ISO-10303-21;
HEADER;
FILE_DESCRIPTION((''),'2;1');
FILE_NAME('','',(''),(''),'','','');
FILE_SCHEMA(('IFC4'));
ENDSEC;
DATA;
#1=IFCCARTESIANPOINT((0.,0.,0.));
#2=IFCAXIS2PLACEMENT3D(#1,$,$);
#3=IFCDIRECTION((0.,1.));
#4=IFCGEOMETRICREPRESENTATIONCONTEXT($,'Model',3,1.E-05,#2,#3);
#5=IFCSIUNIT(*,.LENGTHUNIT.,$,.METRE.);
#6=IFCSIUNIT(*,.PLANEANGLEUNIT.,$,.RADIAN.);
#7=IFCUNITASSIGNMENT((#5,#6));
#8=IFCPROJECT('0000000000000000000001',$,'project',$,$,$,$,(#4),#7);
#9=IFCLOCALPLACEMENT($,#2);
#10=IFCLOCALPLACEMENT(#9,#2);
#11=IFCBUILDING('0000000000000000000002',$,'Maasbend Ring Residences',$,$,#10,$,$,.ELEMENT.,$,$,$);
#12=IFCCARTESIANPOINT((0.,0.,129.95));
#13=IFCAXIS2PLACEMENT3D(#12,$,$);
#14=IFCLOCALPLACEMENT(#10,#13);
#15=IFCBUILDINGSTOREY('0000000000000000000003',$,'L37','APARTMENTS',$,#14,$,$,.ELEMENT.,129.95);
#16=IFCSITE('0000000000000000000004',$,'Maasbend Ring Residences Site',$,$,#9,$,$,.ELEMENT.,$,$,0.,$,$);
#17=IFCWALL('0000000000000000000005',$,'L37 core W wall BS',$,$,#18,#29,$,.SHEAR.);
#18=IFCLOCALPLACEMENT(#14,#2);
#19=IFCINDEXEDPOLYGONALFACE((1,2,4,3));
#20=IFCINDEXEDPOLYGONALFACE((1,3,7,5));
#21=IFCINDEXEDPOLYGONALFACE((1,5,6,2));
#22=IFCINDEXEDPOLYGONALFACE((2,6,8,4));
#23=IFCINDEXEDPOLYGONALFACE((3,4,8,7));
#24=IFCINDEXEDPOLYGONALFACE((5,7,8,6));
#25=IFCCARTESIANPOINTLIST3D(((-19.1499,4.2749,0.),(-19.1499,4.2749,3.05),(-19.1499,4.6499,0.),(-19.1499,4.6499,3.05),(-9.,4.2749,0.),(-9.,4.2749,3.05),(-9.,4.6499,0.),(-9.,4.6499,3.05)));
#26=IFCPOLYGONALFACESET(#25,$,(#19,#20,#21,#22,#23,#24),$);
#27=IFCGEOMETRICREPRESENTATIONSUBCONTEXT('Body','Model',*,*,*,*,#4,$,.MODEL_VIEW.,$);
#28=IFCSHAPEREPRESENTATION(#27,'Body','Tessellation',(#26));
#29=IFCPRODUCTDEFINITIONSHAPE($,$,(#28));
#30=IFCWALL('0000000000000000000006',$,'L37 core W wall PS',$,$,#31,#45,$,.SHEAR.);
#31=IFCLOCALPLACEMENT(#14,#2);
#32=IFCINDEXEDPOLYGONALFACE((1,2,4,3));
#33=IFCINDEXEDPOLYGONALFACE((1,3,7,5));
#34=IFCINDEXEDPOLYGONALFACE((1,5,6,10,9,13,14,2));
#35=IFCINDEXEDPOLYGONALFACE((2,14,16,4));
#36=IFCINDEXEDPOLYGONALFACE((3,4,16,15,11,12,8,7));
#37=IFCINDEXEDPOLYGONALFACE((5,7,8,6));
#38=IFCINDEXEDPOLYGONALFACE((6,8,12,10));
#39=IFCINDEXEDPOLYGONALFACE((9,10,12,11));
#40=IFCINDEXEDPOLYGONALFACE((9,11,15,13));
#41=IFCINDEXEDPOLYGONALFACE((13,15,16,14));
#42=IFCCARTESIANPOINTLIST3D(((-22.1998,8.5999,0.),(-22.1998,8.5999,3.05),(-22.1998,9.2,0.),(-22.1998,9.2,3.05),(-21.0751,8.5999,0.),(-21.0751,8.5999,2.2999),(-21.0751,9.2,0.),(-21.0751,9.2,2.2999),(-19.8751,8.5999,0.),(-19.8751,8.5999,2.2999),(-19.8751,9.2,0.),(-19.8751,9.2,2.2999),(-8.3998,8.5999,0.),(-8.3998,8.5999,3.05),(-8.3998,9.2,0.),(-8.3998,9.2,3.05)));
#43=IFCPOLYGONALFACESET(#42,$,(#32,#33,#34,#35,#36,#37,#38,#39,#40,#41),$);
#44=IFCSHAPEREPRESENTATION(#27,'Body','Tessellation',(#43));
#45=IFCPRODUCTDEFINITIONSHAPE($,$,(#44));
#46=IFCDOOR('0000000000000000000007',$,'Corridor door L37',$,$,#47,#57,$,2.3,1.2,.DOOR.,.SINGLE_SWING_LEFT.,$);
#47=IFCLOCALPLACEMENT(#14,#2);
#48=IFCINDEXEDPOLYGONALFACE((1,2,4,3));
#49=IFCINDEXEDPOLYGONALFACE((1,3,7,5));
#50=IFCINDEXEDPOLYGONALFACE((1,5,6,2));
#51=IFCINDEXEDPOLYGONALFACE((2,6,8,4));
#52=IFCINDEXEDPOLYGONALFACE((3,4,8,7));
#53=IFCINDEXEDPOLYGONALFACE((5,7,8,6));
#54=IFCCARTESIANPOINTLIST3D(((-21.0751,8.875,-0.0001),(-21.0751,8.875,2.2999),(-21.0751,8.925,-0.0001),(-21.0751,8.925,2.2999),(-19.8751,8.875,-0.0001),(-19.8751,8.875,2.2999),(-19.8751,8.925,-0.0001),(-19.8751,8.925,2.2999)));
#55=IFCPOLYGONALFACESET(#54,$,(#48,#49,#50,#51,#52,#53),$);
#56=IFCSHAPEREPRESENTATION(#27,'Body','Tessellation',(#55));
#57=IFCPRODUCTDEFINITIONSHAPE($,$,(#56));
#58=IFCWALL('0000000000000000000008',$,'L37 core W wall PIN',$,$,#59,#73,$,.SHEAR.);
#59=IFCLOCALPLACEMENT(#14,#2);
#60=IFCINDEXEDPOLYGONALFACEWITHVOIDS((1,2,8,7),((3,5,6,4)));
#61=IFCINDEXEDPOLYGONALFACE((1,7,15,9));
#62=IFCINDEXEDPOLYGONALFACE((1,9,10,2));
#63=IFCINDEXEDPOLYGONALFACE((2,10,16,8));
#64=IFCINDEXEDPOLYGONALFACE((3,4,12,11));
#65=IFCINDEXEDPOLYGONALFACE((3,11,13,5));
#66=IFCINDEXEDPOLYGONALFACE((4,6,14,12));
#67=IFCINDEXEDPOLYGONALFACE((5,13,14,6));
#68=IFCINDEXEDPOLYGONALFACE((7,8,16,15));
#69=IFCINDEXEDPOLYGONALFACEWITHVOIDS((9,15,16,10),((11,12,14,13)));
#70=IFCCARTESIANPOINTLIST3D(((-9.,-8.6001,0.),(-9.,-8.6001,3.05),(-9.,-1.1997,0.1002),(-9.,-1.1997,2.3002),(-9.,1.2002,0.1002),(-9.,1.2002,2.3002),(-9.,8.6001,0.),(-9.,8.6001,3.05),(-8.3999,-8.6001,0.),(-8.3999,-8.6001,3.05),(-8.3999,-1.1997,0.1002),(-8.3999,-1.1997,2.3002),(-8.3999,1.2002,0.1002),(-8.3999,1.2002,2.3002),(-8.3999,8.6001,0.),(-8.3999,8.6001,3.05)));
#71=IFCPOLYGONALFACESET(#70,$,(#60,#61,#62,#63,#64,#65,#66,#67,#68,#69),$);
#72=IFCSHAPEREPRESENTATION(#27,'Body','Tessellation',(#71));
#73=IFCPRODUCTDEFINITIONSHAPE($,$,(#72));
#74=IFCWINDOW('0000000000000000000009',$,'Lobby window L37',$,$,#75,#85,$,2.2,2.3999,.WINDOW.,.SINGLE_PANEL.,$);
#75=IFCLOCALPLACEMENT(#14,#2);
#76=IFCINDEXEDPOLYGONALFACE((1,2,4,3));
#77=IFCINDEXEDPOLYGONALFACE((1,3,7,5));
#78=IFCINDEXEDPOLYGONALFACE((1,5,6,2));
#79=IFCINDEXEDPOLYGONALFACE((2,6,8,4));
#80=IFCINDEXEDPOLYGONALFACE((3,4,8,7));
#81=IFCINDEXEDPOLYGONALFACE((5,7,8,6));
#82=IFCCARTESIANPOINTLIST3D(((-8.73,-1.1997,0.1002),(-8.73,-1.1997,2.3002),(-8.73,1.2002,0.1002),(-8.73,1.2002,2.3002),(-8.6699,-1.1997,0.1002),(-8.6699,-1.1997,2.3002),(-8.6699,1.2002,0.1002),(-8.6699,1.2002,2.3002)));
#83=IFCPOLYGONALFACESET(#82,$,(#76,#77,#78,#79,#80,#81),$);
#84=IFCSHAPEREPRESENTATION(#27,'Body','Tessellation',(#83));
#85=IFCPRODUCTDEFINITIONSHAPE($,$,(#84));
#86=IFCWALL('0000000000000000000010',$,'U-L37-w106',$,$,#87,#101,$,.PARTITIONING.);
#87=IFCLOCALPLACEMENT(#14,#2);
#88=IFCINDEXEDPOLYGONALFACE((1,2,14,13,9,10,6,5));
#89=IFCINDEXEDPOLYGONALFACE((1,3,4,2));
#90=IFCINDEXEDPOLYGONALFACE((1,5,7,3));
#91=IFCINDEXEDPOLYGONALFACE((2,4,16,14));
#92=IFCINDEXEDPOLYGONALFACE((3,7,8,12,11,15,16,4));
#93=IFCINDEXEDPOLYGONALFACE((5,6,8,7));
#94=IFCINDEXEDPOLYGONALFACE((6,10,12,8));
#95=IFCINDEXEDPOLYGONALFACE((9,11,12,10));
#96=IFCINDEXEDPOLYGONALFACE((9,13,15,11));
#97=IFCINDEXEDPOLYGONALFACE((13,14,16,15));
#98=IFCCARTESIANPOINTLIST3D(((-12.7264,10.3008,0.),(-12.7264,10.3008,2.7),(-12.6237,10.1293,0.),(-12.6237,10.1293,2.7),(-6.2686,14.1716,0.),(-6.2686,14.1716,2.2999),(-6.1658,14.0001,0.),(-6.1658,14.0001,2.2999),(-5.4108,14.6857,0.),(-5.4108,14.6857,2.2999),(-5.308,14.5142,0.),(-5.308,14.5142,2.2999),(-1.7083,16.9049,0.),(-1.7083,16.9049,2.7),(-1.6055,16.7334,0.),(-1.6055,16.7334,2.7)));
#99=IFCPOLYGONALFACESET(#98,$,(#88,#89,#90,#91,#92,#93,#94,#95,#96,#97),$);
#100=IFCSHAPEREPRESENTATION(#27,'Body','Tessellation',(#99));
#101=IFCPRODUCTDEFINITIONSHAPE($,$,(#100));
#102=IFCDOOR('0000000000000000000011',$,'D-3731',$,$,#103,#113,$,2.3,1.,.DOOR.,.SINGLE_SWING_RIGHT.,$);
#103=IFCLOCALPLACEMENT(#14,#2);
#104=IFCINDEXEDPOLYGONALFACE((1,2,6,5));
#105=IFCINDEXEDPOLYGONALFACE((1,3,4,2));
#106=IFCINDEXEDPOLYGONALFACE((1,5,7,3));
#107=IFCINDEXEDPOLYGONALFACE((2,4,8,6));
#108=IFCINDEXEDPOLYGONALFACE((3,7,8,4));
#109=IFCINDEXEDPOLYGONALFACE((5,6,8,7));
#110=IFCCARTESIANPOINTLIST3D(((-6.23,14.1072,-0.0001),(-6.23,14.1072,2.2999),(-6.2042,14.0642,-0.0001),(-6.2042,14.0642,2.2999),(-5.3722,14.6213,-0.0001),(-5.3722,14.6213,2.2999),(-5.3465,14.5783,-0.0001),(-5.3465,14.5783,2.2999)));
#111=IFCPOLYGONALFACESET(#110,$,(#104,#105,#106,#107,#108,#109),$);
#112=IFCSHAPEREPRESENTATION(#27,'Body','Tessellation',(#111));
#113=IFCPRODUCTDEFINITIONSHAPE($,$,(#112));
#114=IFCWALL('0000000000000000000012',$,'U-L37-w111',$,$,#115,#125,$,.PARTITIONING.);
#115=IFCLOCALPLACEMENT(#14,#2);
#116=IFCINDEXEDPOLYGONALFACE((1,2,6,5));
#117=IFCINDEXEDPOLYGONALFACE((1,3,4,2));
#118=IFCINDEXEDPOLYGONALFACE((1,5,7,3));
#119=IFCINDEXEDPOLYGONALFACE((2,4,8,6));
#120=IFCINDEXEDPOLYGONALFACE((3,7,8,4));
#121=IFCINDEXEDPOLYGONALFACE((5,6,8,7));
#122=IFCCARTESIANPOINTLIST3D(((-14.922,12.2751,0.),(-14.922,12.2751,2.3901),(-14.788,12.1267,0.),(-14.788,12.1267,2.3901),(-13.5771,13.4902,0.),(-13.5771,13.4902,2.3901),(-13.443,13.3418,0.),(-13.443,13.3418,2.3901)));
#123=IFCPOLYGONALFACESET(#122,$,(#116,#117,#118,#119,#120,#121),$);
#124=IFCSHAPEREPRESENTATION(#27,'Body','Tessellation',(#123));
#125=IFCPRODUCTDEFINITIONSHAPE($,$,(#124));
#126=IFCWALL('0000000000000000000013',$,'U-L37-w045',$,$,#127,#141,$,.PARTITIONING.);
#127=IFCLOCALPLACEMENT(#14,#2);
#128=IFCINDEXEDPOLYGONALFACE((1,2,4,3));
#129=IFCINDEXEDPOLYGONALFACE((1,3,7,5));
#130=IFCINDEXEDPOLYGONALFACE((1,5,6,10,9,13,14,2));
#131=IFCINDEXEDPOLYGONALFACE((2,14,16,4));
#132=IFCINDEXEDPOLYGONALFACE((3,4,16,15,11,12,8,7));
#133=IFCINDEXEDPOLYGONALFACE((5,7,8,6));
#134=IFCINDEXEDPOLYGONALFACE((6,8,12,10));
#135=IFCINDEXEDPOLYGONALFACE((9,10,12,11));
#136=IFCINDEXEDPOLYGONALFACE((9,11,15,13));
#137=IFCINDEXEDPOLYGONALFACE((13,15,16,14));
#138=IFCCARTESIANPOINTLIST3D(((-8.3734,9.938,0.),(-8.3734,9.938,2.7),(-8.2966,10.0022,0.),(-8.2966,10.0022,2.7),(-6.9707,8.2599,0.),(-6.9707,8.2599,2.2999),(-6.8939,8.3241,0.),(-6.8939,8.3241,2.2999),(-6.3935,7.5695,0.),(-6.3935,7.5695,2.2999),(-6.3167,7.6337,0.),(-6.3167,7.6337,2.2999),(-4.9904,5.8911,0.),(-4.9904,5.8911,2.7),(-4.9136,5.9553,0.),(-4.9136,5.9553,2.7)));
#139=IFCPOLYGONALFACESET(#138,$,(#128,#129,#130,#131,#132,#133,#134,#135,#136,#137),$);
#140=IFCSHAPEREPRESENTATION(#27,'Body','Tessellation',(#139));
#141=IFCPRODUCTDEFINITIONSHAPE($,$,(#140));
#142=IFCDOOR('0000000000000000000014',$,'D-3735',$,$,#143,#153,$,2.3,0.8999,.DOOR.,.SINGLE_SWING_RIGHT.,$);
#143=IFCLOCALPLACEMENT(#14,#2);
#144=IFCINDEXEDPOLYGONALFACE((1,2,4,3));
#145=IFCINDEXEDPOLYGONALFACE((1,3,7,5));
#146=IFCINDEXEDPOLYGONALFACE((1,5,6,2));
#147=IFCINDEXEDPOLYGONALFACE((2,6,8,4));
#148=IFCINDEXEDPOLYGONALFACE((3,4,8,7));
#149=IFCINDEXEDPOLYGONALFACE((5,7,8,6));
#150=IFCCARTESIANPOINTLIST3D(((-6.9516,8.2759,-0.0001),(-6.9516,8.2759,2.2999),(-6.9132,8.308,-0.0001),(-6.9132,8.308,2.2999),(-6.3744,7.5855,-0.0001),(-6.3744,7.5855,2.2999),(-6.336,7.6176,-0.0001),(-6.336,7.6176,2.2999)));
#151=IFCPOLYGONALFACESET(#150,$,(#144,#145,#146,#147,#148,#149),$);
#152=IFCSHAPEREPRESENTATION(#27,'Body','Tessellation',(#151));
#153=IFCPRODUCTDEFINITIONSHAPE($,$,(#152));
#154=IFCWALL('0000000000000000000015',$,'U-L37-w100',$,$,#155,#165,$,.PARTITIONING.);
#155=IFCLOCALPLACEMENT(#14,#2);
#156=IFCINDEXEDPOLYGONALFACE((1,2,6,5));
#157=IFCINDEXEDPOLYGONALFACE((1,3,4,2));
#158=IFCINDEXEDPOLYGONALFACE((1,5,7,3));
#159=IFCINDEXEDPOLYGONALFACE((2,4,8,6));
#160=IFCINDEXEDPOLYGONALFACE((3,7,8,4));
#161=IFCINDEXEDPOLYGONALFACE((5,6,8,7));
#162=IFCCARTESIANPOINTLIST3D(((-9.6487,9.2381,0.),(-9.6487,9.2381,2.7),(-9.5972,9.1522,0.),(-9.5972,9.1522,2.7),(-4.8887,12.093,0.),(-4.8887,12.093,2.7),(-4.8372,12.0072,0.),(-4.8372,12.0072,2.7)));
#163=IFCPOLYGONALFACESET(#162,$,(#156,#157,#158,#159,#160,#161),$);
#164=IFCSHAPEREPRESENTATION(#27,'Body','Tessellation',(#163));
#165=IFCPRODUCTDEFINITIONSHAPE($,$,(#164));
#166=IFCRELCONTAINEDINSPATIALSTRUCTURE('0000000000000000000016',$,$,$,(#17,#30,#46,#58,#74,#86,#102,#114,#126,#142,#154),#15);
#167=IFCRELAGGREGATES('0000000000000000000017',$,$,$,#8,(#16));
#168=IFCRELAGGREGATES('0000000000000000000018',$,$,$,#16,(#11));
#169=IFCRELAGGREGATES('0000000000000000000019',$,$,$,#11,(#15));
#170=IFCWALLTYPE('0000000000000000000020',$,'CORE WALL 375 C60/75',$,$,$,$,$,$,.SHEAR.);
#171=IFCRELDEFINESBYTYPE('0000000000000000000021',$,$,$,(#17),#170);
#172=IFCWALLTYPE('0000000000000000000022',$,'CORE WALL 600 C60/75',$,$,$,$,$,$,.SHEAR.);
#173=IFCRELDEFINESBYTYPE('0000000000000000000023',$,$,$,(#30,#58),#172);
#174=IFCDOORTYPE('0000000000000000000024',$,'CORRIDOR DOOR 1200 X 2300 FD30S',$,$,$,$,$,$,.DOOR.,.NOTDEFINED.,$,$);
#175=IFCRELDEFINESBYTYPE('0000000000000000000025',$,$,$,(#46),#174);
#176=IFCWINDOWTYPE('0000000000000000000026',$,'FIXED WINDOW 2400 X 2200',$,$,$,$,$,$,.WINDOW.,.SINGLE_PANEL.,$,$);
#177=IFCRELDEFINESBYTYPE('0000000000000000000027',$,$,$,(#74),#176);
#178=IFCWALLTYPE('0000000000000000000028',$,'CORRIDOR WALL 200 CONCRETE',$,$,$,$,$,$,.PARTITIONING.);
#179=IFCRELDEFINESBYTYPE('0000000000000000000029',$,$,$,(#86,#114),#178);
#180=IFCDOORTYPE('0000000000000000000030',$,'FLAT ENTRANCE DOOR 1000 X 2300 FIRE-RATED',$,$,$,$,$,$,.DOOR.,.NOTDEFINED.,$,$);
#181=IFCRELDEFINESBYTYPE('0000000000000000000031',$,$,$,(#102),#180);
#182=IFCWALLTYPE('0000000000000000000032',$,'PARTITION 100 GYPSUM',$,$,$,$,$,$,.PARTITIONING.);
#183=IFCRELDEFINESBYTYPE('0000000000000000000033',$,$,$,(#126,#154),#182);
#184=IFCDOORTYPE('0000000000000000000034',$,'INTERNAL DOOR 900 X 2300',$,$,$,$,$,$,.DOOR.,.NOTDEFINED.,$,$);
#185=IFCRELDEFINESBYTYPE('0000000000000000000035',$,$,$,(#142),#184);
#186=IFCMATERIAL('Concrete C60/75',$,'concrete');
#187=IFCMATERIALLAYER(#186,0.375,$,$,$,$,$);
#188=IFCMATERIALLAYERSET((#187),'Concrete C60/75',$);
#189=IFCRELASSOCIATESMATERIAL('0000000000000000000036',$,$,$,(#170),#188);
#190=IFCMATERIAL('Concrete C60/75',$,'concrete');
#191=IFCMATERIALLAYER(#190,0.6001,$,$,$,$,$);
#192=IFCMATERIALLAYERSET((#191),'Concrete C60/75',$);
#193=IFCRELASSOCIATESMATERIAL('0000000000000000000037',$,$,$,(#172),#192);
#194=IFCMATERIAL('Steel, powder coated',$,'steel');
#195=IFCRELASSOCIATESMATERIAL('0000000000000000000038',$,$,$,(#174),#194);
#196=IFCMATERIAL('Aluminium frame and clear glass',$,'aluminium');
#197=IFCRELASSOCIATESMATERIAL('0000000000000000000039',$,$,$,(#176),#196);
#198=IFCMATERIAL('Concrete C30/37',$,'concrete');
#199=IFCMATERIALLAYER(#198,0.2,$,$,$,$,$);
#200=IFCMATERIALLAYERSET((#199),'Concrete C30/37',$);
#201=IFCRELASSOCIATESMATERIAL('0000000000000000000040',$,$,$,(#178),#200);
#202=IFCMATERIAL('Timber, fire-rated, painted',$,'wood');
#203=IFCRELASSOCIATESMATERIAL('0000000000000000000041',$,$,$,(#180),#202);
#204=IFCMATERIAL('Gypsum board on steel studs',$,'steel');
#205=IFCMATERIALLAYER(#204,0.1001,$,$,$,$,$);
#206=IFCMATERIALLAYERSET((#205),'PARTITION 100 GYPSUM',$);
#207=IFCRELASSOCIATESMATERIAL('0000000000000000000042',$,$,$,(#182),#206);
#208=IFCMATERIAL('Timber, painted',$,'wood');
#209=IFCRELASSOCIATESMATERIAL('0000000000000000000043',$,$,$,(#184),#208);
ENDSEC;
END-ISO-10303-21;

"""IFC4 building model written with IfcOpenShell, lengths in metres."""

from ifc_helpers import new_model, si_unit, direction, frame, frame_2d, origin, place, context, subcontext, project, spatial, rectangle, extrude, material, layer, layer_set, type_object, element, fill, save


model = new_model("IFC4")

# Units and contexts
model_context = context("Model", 3, precision=1e-05, world=origin(), true_north=direction((0.0, 1.0)))
body_context = subcontext(model_context, "Body", "Model", "MODEL_VIEW")
ifc_project = project(units=[si_unit("LENGTHUNIT", "METRE"), si_unit("PLANEANGLEUNIT", "RADIAN")], contexts=[model_context])

# Site, building, storey
site_placement = place(None, origin())
site = spatial("IfcSite", under=ifc_project, at=site_placement, Name="Maasbend Ring Residences Site", CompositionType="ELEMENT", RefElevation=0.0)
building_placement = place(site_placement, origin())
building = spatial("IfcBuilding", under=site, at=building_placement, Name="Maasbend Ring Residences", CompositionType="ELEMENT")
storey_placement = place(building_placement, frame((0.0, 0.0, 129.95)))
storey = spatial("IfcBuildingStorey", under=building, at=storey_placement, Name="L37", Description="APARTMENTS", CompositionType="ELEMENT", Elevation=129.95)

# Wall
ifc_material_1 = material(Name="Concrete C60/75", Category="concrete")
ifc_layer_1 = layer(ifc_material_1, 0.375)
ifc_layer_set_1 = layer_set([ifc_layer_1], Name="Concrete C60/75")
wall_type_1 = type_object("IfcWallType", Name="CORE WALL 375 C60/75", PredefinedType="SHEAR", material=ifc_layer_set_1)
wall_1_placement = place(storey_placement, frame((-9.0, 4.4624, 0.0), z_axis=(0.0, 0.0, 1.0), x_axis=(-1.0, 0.0, 0.0)))
element("IfcWall", 1, at=wall_1_placement, inside=storey, type_object=wall_type_1, Name="L37 core W wall BS", PredefinedType="SHEAR", context=body_context, shape_type="SweptSolid", body=[
    extrude(rectangle(XDim=10.1499, YDim=0.375, at=frame_2d((5.075, 0.0))), origin(), (0.0, 0.0, 1.0), 3.05),
])

# Wall, opening, door
ifc_material_2 = material(Name="Concrete C60/75", Category="concrete")
ifc_layer_2 = layer(ifc_material_2, 0.6001)
ifc_layer_set_2 = layer_set([ifc_layer_2], Name="Concrete C60/75")
wall_type_2 = type_object("IfcWallType", Name="CORE WALL 600 C60/75", PredefinedType="SHEAR", material=ifc_layer_set_2)
wall_2_placement = place(storey_placement, frame((-8.3999, 8.8999, 0.0), z_axis=(0.0, 0.0, 1.0), x_axis=(-1.0, 0.0, 0.0)))
wall_2 = element("IfcWall", 2, at=wall_2_placement, inside=storey, type_object=wall_type_2, Name="L37 core W wall PS", PredefinedType="SHEAR", context=body_context, shape_type="SweptSolid", body=[
    extrude(rectangle(XDim=13.8, YDim=0.6001, at=frame_2d((6.8999, 0.0))), origin(), (0.0, 0.0, 1.0), 3.05),
])
opening_1_placement = place(wall_2_placement, frame((11.4751, 0.0, 0.0)))
opening_1 = element("IfcOpeningElement", 3, at=opening_1_placement, cuts=wall_2, PredefinedType="OPENING", context=body_context, shape_type="SweptSolid", body=[
    extrude(rectangle(XDim=1.2, YDim=2.3, at=frame_2d((0.6001, 1.1499))), frame((0.0, 0.3101, 0.0), z_axis=(0.0, -1.0, 0.0), x_axis=(1.0, 0.0, 0.0)), (0.0, 0.0, 1.0), 0.6201),
])
ifc_material_3 = material(Name="Steel, powder coated", Category="steel")
door_type_1 = type_object("IfcDoorType", Name="CORRIDOR DOOR 1200 X 2300 FD30S", OperationType="NOTDEFINED", PredefinedType="DOOR", material=ifc_material_3)
door_1_placement = place(opening_1_placement, origin())
door_1 = element("IfcDoor", 4, at=door_1_placement, inside=storey, type_object=door_type_1, Name="Corridor door L37", OperationType="SINGLE_SWING_LEFT", OverallHeight=2.3, OverallWidth=1.2, PredefinedType="DOOR", context=body_context, shape_type="SweptSolid", body=[
    extrude(rectangle(XDim=1.2, YDim=2.3, at=frame_2d((0.6001, 1.1499))), frame((0.0, 0.0249, 0.0), z_axis=(0.0, -1.0, 0.0), x_axis=(1.0, 0.0, 0.0)), (0.0, 0.0, 1.0), 0.05),
])
fill(opening_1, door_1)

# Wall, opening, window
wall_3_placement = place(storey_placement, frame((-8.7, 8.6001, 0.0), z_axis=(0.0, 0.0, 1.0), x_axis=(0.0, -1.0, 0.0)))
wall_3 = element("IfcWall", 5, at=wall_3_placement, inside=storey, type_object=wall_type_2, Name="L37 core W wall PIN", PredefinedType="SHEAR", context=body_context, shape_type="SweptSolid", body=[
    extrude(rectangle(XDim=17.2002, YDim=0.6001, at=frame_2d((8.6001, 0.0))), origin(), (0.0, 0.0, 1.0), 3.05),
])
opening_2_placement = place(wall_3_placement, frame((7.3999, 0.0, 0.1001)))
opening_2 = element("IfcOpeningElement", 6, at=opening_2_placement, cuts=wall_3, PredefinedType="OPENING", context=body_context, shape_type="SweptSolid", body=[
    extrude(rectangle(XDim=2.3999, YDim=2.2, at=frame_2d((1.2, 1.1001))), frame((0.0, 0.3101, 0.0), z_axis=(0.0, -1.0, 0.0), x_axis=(1.0, 0.0, 0.0)), (0.0, 0.0, 1.0), 0.6201),
])
ifc_material_4 = material(Name="Aluminium frame and clear glass", Category="aluminium")
window_type = type_object("IfcWindowType", Name="FIXED WINDOW 2400 X 2200", PartitioningType="SINGLE_PANEL", PredefinedType="WINDOW", material=ifc_material_4)
window_placement = place(opening_2_placement, origin())
window = element("IfcWindow", 7, at=window_placement, inside=storey, type_object=window_type, Name="Lobby window L37", OverallHeight=2.2, OverallWidth=2.3999, PartitioningType="SINGLE_PANEL", PredefinedType="WINDOW", context=body_context, shape_type="SweptSolid", body=[
    extrude(rectangle(XDim=2.3999, YDim=2.2, at=frame_2d((1.2, 1.1001))), frame((0.0, 0.03, 0.0), z_axis=(0.0, -1.0, 0.0), x_axis=(1.0, 0.0, 0.0)), (0.0, 0.0, 1.0), 0.0601),
])
fill(opening_2, window)

# Wall, opening, door
ifc_material_5 = material(Name="Concrete C30/37", Category="concrete")
ifc_layer_3 = layer(ifc_material_5, 0.2)
ifc_layer_set_3 = layer_set([ifc_layer_3], Name="Concrete C30/37")
wall_type_3 = type_object("IfcWallType", Name="CORRIDOR WALL 200 CONCRETE", PredefinedType="PARTITIONING", material=ifc_layer_set_3)
wall_4_placement = place(storey_placement, frame((-12.675, 10.2151, 0.0), z_axis=(0.0, 0.0, 1.0), x_axis=(0.857728, 0.514104, 0.0)))
wall_4 = element("IfcWall", 8, at=wall_4_placement, inside=storey, type_object=wall_type_3, Name="U-L37-w106", PredefinedType="PARTITIONING", context=body_context, shape_type="SweptSolid", body=[
    extrude(rectangle(XDim=12.8457, YDim=0.2, at=frame_2d((6.4229, 0.0))), origin(), (0.0, 0.0, 1.0), 2.7),
])
opening_3_placement = place(wall_4_placement, frame((7.5291, 0.0, 0.0)))
opening_3 = element("IfcOpeningElement", 9, at=opening_3_placement, cuts=wall_4, PredefinedType="OPENING", context=body_context, shape_type="SweptSolid", body=[
    extrude(rectangle(XDim=1.0, YDim=2.3, at=frame_2d((0.5, 1.1499))), frame((0.0, 0.1099, 0.0), z_axis=(0.0, -1.0, 0.0), x_axis=(1.0, 0.0, 0.0)), (0.0, 0.0, 1.0), 0.22),
])
ifc_material_6 = material(Name="Timber, fire-rated, painted", Category="wood")
door_type_2 = type_object("IfcDoorType", Name="FLAT ENTRANCE DOOR 1000 X 2300 FIRE-RATED", OperationType="NOTDEFINED", PredefinedType="DOOR", material=ifc_material_6)
door_2_placement = place(opening_3_placement, origin())
door_2 = element("IfcDoor", 10, at=door_2_placement, inside=storey, type_object=door_type_2, Name="D-3731", OperationType="SINGLE_SWING_RIGHT", OverallHeight=2.3, OverallWidth=1.0, PredefinedType="DOOR", context=body_context, shape_type="SweptSolid", body=[
    extrude(rectangle(XDim=1.0, YDim=2.3, at=frame_2d((0.5, 1.1499))), frame((0.0, 0.0249, 0.0), z_axis=(0.0, -1.0, 0.0), x_axis=(1.0, 0.0, 0.0)), (0.0, 0.0, 1.0), 0.05),
])
fill(opening_3, door_2)

# Wall
wall_5_placement = place(storey_placement, frame((-14.855, 12.2009, 0.0), z_axis=(0.0, 0.0, 1.0), x_axis=(0.742027, 0.67037, 0.0)))
element("IfcWall", 11, at=wall_5_placement, inside=storey, type_object=wall_type_3, Name="U-L37-w111", PredefinedType="PARTITIONING", context=body_context, shape_type="SweptSolid", body=[
    extrude(rectangle(XDim=1.8125, YDim=0.2, at=frame_2d((0.9062, 0.0))), origin(), (0.0, 0.0, 1.0), 2.3901),
])

# Wall, opening, door
ifc_material_7 = material(Name="Gypsum board on steel studs", Category="steel")
ifc_layer_4 = layer(ifc_material_7, 0.1001)
ifc_layer_set_4 = layer_set([ifc_layer_4], Name="PARTITION 100 GYPSUM")
wall_type_4 = type_object("IfcWallType", Name="PARTITION 100 GYPSUM", PredefinedType="PARTITIONING", material=ifc_layer_set_4)
wall_6_placement = place(storey_placement, frame((-8.335, 9.97, 0.0), z_axis=(0.0, 0.0, 1.0), x_axis=(0.641376, -0.767226, 0.0)))
wall_6 = element("IfcWall", 12, at=wall_6_placement, inside=storey, type_object=wall_type_4, Name="U-L37-w045", PredefinedType="PARTITIONING", context=body_context, shape_type="SweptSolid", body=[
    extrude(rectangle(XDim=5.2747, YDim=0.1001, at=frame_2d((2.6372, 0.0))), origin(), (0.0, 0.0, 1.0), 2.7),
])
opening_4_placement = place(wall_6_placement, frame((2.187, 0.0, 0.0)))
opening_4 = element("IfcOpeningElement", 13, at=opening_4_placement, cuts=wall_6, PredefinedType="OPENING", context=body_context, shape_type="SweptSolid", body=[
    extrude(rectangle(XDim=0.8999, YDim=2.3, at=frame_2d((0.45, 1.1499))), frame((0.0, 0.0601, 0.0), z_axis=(0.0, -1.0, 0.0), x_axis=(1.0, 0.0, 0.0)), (0.0, 0.0, 1.0), 0.1201),
])
ifc_material_8 = material(Name="Timber, painted", Category="wood")
door_type_3 = type_object("IfcDoorType", Name="INTERNAL DOOR 900 X 2300", OperationType="NOTDEFINED", PredefinedType="DOOR", material=ifc_material_8)
door_3_placement = place(opening_4_placement, origin())
door_3 = element("IfcDoor", 14, at=door_3_placement, inside=storey, type_object=door_type_3, Name="D-3735", OperationType="SINGLE_SWING_RIGHT", OverallHeight=2.3, OverallWidth=0.8999, PredefinedType="DOOR", context=body_context, shape_type="SweptSolid", body=[
    extrude(rectangle(XDim=0.8999, YDim=2.3, at=frame_2d((0.45, 1.1499))), frame((0.0, 0.0249, 0.0), z_axis=(0.0, -1.0, 0.0), x_axis=(1.0, 0.0, 0.0)), (0.0, 0.0, 1.0), 0.05),
])
fill(opening_4, door_3)

# Wall
wall_7_placement = place(storey_placement, frame((-9.623, 9.1951, 0.0), z_axis=(0.0, 0.0, 1.0), x_axis=(0.857574, 0.51436, 0.0)))
element("IfcWall", 15, at=wall_7_placement, inside=storey, type_object=wall_type_4, Name="U-L37-w100", PredefinedType="PARTITIONING", context=body_context, shape_type="SweptSolid", body=[
    extrude(rectangle(XDim=5.5505, YDim=0.1001, at=frame_2d((2.7754, 0.0))), origin(), (0.0, 0.0, 1.0), 2.7),
])

save(model, "model.ifc")
